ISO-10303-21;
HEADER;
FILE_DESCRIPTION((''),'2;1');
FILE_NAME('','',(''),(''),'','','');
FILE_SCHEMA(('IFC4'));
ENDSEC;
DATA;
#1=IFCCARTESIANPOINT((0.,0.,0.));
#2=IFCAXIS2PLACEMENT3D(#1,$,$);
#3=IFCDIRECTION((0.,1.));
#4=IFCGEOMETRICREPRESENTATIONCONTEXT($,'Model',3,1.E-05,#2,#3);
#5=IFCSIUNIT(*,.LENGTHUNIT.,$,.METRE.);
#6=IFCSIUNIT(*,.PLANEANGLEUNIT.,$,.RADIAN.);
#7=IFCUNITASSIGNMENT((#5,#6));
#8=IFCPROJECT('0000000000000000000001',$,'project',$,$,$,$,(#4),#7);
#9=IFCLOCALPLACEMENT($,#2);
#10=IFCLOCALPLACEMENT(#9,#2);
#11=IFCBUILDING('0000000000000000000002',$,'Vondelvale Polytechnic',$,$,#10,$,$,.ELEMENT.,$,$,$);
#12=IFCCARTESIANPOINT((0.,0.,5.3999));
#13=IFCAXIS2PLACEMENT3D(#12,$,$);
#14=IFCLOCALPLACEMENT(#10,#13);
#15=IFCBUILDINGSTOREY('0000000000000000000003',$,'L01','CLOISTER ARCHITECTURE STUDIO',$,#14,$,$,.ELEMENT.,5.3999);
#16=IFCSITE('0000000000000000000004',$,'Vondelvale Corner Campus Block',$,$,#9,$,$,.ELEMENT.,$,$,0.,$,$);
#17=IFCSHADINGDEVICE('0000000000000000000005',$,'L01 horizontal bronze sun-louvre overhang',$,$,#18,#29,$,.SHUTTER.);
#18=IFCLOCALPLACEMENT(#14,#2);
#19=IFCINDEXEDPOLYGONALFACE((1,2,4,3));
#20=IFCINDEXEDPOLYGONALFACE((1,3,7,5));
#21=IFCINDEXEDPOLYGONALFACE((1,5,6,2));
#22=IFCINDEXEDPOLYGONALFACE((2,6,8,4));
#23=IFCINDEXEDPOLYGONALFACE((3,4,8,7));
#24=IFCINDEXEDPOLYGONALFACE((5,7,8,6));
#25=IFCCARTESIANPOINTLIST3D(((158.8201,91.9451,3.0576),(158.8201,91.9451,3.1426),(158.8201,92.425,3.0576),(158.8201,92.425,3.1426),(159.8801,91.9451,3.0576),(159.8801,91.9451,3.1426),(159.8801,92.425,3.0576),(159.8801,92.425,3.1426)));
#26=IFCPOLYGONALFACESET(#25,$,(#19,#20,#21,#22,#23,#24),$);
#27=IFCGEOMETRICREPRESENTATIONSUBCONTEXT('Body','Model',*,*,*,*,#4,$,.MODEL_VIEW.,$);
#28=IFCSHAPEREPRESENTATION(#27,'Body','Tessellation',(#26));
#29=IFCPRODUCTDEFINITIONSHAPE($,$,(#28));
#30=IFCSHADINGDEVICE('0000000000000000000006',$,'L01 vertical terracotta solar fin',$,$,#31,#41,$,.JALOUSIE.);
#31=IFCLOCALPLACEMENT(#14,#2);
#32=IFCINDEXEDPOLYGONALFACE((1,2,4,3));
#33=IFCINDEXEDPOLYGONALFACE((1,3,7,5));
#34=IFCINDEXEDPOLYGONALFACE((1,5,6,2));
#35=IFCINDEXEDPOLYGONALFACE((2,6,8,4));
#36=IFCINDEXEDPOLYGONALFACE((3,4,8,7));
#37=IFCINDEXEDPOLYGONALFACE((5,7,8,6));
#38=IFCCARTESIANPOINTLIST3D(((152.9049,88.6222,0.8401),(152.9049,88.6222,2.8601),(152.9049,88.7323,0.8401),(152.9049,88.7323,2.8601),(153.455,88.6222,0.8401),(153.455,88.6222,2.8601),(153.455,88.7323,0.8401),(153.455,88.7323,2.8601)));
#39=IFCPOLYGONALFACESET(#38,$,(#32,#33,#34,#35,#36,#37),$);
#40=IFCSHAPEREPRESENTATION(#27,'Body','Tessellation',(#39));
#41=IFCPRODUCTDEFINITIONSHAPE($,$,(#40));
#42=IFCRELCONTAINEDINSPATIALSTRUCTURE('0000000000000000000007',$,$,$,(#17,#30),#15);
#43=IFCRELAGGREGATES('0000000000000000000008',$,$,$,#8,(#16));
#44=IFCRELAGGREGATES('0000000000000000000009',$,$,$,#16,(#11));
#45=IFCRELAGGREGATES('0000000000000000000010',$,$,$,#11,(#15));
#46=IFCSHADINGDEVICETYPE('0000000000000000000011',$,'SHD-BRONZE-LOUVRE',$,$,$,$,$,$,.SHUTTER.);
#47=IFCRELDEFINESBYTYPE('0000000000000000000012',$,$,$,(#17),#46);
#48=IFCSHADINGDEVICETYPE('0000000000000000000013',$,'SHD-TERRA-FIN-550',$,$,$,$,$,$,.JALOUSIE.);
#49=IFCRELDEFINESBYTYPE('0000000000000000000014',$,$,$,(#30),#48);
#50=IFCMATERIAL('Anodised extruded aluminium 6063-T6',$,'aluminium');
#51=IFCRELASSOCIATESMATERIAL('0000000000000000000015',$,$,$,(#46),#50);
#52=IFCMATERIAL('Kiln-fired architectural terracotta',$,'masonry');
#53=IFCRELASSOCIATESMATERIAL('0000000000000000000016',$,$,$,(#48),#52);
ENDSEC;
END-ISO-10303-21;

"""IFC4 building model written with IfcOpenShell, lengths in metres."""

from ifc_helpers import new_model, si_unit, direction, frame, origin, origin_2d, place, context, subcontext, project, spatial, rectangle, extrude, material, type_object, element, save


model = new_model("IFC4")

# Units and contexts
model_context = context("Model", 3, precision=1e-05, world=origin(), true_north=direction((0.0, 1.0)))
body_context = subcontext(model_context, "Body", "Model", "MODEL_VIEW")
ifc_project = project(units=[si_unit("LENGTHUNIT", "METRE"), si_unit("PLANEANGLEUNIT", "RADIAN")], contexts=[model_context])

# Site, building, storey
site_placement = place(None, origin())
site = spatial("IfcSite", under=ifc_project, at=site_placement, Name="Vondelvale Corner Campus Block", CompositionType="ELEMENT", RefElevation=0.0)
building_placement = place(site_placement, origin())
building = spatial("IfcBuilding", under=site, at=building_placement, Name="Vondelvale Polytechnic", CompositionType="ELEMENT")
storey_placement = place(building_placement, frame((0.0, 0.0, 5.3999)))
storey = spatial("IfcBuildingStorey", under=building, at=storey_placement, Name="L01", Description="CLOISTER ARCHITECTURE STUDIO", CompositionType="ELEMENT", Elevation=5.3999)

# Shared definitions
ifc_material_1 = material(Name="Anodised extruded aluminium 6063-T6", Category="aluminium")

# Shading devices
shading_device_type_1 = type_object("IfcShadingDeviceType", Name="SHD-BRONZE-LOUVRE", PredefinedType="SHUTTER", material=ifc_material_1)
for number, where, z_axis, x_axis, name in (
    (1, (159.3501, 92.1851, 3.0576), (0.0, 0.0, 1.0), (1.0, 0.0, 0.0), "L01 horizontal bronze sun-louvre overhang"),
):
    element("IfcShadingDevice", number, at=place(storey_placement, frame(where, z_axis=z_axis, x_axis=x_axis)), inside=storey, type_object=shading_device_type_1, Name=name, PredefinedType="SHUTTER", context=body_context, shape_type="SweptSolid", body=[
        extrude(rectangle(XDim=1.0601, YDim=0.48, at=origin_2d()), origin(), (0.0, 0.0, 1.0), 0.085),
    ])
ifc_material_2 = material(Name="Kiln-fired architectural terracotta", Category="masonry")
shading_device_type_2 = type_object("IfcShadingDeviceType", Name="SHD-TERRA-FIN-550", PredefinedType="JALOUSIE", material=ifc_material_2)
shading_device_placement = place(storey_placement, frame((153.1799, 88.6772, 0.8401), z_axis=(0.0, 0.0, 1.0), x_axis=(0.0, 1.0, 0.0)))
element("IfcShadingDevice", 2, at=shading_device_placement, inside=storey, type_object=shading_device_type_2, Name="L01 vertical terracotta solar fin", PredefinedType="JALOUSIE", context=body_context, shape_type="SweptSolid", body=[
    extrude(rectangle(XDim=0.1101, YDim=0.55, at=origin_2d()), origin(), (0.0, 0.0, 1.0), 2.02),
])

save(model, "model.ifc")
